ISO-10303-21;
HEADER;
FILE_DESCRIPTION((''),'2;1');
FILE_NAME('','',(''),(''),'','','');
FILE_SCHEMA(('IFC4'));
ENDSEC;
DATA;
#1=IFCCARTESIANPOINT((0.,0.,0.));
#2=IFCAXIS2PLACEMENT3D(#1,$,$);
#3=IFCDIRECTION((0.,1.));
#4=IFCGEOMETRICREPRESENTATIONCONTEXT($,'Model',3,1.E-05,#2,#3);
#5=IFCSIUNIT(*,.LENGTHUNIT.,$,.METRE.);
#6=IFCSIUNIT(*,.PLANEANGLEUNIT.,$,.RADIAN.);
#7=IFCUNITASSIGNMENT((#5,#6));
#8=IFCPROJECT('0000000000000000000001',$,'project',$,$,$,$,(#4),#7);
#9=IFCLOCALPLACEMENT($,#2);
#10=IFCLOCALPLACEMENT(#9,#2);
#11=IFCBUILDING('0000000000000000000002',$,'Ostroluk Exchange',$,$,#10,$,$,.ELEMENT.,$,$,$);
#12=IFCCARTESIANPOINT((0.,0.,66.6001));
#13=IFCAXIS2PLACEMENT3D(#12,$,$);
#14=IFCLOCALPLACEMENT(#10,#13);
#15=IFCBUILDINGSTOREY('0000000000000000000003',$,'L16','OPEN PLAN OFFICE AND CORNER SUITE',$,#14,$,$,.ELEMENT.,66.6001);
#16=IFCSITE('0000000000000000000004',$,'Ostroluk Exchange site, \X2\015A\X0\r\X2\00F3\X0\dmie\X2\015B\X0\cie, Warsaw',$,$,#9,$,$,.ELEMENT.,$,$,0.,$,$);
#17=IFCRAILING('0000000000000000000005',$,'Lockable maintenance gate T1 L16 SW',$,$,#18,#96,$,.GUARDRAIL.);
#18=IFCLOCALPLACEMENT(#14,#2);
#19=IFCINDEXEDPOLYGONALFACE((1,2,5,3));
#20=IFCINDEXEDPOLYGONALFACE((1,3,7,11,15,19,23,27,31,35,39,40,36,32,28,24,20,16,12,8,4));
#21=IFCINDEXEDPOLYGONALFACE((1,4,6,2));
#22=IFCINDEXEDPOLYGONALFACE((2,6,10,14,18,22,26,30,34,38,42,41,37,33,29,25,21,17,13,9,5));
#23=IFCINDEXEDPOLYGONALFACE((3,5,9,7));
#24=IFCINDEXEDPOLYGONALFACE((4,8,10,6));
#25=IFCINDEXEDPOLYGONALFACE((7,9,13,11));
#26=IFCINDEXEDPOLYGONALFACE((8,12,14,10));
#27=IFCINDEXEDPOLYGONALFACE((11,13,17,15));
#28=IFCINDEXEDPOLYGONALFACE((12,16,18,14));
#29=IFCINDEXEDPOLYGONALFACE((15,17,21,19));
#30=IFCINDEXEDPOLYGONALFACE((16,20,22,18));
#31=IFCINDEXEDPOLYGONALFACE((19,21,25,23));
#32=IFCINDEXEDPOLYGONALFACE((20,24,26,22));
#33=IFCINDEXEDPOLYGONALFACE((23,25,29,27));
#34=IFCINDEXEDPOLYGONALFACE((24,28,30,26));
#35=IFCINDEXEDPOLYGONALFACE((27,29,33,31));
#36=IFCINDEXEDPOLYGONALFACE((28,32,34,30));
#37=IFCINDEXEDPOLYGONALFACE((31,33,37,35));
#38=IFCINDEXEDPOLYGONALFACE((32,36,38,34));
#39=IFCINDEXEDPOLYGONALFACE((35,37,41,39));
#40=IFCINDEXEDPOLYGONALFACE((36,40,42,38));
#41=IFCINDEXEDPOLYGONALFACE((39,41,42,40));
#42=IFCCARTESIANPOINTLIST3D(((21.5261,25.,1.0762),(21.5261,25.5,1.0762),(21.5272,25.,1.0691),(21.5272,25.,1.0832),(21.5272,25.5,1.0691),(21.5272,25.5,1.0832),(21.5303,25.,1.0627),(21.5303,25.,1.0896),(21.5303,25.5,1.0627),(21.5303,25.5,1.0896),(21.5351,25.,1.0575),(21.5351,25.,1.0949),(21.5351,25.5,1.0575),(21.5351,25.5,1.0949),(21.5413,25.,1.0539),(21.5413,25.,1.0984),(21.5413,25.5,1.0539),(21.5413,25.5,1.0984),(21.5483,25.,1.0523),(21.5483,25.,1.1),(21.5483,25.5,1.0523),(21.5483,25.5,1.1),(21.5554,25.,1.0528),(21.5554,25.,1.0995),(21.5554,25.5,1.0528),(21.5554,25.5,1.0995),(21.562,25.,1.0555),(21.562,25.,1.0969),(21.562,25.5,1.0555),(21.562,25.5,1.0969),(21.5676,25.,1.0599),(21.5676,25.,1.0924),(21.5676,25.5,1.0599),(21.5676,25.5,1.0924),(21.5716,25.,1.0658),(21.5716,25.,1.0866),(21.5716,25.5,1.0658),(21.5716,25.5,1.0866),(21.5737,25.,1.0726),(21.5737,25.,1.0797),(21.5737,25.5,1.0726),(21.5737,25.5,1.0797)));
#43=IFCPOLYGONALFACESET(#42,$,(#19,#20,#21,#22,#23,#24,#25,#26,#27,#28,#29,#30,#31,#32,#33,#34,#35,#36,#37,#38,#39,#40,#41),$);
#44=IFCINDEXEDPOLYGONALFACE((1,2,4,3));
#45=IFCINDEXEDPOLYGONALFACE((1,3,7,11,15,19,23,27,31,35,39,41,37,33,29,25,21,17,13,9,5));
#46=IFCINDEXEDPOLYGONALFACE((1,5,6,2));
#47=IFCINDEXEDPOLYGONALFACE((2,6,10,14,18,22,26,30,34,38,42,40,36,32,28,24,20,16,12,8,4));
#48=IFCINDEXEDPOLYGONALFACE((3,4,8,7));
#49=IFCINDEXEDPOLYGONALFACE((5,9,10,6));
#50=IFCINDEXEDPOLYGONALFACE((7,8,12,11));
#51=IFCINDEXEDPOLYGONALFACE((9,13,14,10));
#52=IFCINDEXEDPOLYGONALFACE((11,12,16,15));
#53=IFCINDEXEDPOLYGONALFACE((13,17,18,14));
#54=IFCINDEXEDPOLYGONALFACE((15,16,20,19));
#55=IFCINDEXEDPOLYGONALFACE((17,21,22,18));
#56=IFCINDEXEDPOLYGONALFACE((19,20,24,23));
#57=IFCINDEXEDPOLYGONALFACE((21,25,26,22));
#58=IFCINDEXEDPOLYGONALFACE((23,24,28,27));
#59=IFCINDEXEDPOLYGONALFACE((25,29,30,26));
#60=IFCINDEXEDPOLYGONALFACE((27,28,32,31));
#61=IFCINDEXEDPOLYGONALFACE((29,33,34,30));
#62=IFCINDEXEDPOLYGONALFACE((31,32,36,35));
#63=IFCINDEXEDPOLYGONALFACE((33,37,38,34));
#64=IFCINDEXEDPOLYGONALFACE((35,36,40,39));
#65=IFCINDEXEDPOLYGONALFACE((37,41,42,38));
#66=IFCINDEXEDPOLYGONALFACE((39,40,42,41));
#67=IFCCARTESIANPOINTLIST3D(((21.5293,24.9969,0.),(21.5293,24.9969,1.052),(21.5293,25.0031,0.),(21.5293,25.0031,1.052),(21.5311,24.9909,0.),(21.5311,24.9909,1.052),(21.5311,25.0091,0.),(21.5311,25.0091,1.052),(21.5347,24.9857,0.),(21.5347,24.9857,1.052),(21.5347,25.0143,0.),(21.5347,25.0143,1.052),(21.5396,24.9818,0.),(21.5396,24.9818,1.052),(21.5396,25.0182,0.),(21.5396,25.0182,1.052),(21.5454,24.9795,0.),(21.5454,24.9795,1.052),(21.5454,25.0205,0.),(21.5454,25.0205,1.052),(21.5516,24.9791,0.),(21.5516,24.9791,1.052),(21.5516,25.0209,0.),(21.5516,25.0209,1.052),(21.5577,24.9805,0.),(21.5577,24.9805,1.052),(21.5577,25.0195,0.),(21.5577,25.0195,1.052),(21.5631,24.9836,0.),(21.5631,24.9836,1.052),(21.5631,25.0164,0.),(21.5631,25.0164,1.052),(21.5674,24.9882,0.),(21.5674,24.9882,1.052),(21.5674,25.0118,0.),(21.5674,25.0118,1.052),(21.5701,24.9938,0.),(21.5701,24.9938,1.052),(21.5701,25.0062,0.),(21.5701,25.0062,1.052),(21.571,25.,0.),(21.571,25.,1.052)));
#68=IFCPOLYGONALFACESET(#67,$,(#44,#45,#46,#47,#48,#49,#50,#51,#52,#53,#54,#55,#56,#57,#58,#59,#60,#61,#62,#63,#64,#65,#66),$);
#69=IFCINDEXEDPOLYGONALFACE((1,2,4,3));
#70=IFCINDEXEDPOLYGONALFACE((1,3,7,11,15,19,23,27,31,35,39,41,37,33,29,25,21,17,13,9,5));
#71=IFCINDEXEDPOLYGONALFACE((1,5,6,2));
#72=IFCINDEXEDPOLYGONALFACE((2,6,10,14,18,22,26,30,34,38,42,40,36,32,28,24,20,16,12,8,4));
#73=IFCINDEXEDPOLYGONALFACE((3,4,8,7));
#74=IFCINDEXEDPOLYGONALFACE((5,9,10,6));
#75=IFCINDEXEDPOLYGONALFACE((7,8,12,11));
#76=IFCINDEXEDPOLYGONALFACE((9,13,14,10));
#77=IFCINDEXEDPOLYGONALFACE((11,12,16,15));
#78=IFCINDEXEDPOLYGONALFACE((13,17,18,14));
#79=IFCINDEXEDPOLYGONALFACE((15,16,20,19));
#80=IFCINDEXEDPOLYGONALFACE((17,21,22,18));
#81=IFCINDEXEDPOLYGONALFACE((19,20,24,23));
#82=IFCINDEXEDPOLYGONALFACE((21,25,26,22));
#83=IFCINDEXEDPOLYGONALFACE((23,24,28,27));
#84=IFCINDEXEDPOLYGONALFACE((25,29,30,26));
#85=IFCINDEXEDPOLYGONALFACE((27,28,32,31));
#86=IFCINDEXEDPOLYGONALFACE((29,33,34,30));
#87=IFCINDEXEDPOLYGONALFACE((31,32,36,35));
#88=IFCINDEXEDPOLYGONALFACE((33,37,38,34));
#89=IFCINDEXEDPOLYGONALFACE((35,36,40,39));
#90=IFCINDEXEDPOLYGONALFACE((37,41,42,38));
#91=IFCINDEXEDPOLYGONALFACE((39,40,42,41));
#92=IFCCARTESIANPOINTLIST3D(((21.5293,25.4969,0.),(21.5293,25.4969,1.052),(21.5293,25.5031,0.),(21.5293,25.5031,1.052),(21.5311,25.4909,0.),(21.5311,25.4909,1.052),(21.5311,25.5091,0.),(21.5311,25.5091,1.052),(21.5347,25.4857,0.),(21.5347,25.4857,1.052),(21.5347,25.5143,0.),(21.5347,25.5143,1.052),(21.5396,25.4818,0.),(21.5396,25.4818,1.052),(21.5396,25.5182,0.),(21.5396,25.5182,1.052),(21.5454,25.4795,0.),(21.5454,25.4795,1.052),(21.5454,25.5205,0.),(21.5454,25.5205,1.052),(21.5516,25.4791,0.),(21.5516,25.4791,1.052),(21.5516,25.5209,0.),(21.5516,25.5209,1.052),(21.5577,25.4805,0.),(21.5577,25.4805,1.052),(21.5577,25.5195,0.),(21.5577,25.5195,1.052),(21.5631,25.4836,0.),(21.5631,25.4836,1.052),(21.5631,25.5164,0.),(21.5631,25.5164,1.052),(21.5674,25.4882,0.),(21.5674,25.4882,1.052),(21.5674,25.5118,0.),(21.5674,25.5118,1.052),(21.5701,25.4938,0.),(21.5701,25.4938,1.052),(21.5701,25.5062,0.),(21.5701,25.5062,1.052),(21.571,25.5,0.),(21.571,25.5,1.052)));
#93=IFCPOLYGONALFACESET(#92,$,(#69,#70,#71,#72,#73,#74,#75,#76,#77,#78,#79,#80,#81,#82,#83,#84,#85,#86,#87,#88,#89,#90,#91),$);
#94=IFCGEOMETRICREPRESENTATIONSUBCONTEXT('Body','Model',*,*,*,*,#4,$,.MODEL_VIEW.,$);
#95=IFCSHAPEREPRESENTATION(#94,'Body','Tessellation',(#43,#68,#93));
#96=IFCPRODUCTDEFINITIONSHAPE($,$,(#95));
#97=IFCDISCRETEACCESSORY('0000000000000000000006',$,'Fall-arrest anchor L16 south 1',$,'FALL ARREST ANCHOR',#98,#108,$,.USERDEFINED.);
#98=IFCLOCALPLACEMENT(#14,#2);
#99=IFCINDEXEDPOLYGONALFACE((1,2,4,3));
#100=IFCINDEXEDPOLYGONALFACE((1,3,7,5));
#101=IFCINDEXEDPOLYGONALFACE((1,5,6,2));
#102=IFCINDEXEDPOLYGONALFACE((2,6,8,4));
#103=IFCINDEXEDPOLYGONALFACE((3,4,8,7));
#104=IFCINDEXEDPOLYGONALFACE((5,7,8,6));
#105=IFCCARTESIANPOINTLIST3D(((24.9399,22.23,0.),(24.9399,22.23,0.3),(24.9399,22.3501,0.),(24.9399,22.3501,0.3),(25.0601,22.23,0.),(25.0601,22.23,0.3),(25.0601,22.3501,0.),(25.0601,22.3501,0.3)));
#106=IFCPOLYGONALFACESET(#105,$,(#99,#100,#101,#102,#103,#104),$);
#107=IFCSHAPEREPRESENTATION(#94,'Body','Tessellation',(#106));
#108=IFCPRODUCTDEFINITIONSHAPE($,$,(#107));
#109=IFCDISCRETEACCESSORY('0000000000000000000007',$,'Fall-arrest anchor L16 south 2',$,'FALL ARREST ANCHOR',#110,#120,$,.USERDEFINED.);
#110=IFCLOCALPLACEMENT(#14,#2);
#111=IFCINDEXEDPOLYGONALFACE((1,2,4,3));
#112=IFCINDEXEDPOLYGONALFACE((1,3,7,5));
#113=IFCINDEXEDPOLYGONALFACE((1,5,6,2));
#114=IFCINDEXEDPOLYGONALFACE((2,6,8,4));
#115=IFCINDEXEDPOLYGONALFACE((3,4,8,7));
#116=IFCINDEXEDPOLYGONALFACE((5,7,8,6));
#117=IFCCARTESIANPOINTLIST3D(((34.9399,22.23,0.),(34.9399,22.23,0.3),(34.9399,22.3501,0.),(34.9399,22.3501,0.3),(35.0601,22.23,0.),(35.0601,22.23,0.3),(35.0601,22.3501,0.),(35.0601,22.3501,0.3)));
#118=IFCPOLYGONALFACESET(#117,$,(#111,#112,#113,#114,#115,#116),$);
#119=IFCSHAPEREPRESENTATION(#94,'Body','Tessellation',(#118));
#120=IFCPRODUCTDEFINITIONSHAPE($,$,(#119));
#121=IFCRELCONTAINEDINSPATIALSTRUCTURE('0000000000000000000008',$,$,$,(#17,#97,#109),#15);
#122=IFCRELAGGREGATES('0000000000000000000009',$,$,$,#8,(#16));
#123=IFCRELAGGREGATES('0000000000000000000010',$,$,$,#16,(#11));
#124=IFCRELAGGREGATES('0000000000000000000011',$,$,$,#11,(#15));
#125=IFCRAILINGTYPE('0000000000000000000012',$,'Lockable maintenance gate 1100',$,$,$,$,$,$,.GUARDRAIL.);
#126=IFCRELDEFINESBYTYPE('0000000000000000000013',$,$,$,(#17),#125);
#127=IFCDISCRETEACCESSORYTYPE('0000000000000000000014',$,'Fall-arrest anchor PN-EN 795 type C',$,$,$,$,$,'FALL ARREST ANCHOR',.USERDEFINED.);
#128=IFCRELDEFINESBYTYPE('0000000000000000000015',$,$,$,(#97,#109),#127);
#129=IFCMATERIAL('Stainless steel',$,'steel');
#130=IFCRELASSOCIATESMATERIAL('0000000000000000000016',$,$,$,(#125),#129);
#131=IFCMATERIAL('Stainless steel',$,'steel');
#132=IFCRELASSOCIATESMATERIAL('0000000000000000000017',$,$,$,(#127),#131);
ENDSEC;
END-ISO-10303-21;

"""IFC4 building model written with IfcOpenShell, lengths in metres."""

from ifc_helpers import new_model, si_unit, direction, frame, origin, origin_2d, place, context, subcontext, project, spatial, rectangle, circle, extrude, material, type_object, element, save


model = new_model("IFC4")

# Units and contexts
model_context = context("Model", 3, precision=1e-05, world=origin(), true_north=direction((0.0, 1.0)))
body_context = subcontext(model_context, "Body", "Model", "MODEL_VIEW")
ifc_project = project(units=[si_unit("LENGTHUNIT", "METRE"), si_unit("PLANEANGLEUNIT", "RADIAN")], contexts=[model_context])

# Site, building, storey
site_placement = place(None, origin())
site = spatial("IfcSite", under=ifc_project, at=site_placement, Name="Ostroluk Exchange site, Śródmieście, Warsaw", CompositionType="ELEMENT", RefElevation=0.0)
building_placement = place(site_placement, origin())
building = spatial("IfcBuilding", under=site, at=building_placement, Name="Ostroluk Exchange", CompositionType="ELEMENT")
storey_placement = place(building_placement, frame((0.0, 0.0, 66.6001)))
storey = spatial("IfcBuildingStorey", under=building, at=storey_placement, Name="L16", Description="OPEN PLAN OFFICE AND CORNER SUITE", CompositionType="ELEMENT", Elevation=66.6001)

# Railing
ifc_material_1 = material(Name="Stainless steel", Category="steel")
railing_type_1 = type_object("IfcRailingType", Name="Lockable maintenance gate 1100", PredefinedType="GUARDRAIL", material=ifc_material_1)
railing_1_placement = place(storey_placement, frame((21.55, 25.0, 0.0)))
element("IfcRailing", 1, at=railing_1_placement, inside=storey, type_object=railing_type_1, Name="Lockable maintenance gate T1 L16 SW", PredefinedType="GUARDRAIL", context=body_context, shape_type="SweptSolid", body=[
    extrude(circle(Radius=0.0239, at=origin_2d()), frame((0.0, 0.0, 1.0762), z_axis=(0.0, 1.0, 0.0), x_axis=(-1.0, 0.0, 0.0)), (0.0, 0.0, 1.0), 0.5),
    extrude(circle(Radius=0.021, at=origin_2d()), origin(), (0.0, 0.0, 1.0), 1.052),
    extrude(circle(Radius=0.021, at=origin_2d()), frame((0.0, 0.5, 0.0)), (0.0, 0.0, 1.0), 1.052),
])

# Discrete accessories
ifc_material_2 = material(Name="Stainless steel", Category="steel")
discrete_accessory_type = type_object("IfcDiscreteAccessoryType", Name="Fall-arrest anchor PN-EN 795 type C", ElementType="FALL ARREST ANCHOR", PredefinedType="USERDEFINED", material=ifc_material_2)
for number, where, z_axis, x_axis, name in (
    (2, (25.0, 22.29, 0.0), (0.0, 0.0, 1.0), (1.0, 0.0, 0.0), "Fall-arrest anchor L16 south 1"),
    (3, (35.0, 22.29, 0.0), (0.0, 0.0, 1.0), (1.0, 0.0, 0.0), "Fall-arrest anchor L16 south 2"),
):
    element("IfcDiscreteAccessory", number, at=place(storey_placement, frame(where, z_axis=z_axis, x_axis=x_axis)), inside=storey, type_object=discrete_accessory_type, Name=name, ObjectType="FALL ARREST ANCHOR", PredefinedType="USERDEFINED", context=body_context, shape_type="SweptSolid", body=[
        extrude(rectangle(XDim=0.1201, YDim=0.1201, at=origin_2d()), origin(), (0.0, 0.0, 1.0), 0.3),
    ])

save(model, "model.ifc")
